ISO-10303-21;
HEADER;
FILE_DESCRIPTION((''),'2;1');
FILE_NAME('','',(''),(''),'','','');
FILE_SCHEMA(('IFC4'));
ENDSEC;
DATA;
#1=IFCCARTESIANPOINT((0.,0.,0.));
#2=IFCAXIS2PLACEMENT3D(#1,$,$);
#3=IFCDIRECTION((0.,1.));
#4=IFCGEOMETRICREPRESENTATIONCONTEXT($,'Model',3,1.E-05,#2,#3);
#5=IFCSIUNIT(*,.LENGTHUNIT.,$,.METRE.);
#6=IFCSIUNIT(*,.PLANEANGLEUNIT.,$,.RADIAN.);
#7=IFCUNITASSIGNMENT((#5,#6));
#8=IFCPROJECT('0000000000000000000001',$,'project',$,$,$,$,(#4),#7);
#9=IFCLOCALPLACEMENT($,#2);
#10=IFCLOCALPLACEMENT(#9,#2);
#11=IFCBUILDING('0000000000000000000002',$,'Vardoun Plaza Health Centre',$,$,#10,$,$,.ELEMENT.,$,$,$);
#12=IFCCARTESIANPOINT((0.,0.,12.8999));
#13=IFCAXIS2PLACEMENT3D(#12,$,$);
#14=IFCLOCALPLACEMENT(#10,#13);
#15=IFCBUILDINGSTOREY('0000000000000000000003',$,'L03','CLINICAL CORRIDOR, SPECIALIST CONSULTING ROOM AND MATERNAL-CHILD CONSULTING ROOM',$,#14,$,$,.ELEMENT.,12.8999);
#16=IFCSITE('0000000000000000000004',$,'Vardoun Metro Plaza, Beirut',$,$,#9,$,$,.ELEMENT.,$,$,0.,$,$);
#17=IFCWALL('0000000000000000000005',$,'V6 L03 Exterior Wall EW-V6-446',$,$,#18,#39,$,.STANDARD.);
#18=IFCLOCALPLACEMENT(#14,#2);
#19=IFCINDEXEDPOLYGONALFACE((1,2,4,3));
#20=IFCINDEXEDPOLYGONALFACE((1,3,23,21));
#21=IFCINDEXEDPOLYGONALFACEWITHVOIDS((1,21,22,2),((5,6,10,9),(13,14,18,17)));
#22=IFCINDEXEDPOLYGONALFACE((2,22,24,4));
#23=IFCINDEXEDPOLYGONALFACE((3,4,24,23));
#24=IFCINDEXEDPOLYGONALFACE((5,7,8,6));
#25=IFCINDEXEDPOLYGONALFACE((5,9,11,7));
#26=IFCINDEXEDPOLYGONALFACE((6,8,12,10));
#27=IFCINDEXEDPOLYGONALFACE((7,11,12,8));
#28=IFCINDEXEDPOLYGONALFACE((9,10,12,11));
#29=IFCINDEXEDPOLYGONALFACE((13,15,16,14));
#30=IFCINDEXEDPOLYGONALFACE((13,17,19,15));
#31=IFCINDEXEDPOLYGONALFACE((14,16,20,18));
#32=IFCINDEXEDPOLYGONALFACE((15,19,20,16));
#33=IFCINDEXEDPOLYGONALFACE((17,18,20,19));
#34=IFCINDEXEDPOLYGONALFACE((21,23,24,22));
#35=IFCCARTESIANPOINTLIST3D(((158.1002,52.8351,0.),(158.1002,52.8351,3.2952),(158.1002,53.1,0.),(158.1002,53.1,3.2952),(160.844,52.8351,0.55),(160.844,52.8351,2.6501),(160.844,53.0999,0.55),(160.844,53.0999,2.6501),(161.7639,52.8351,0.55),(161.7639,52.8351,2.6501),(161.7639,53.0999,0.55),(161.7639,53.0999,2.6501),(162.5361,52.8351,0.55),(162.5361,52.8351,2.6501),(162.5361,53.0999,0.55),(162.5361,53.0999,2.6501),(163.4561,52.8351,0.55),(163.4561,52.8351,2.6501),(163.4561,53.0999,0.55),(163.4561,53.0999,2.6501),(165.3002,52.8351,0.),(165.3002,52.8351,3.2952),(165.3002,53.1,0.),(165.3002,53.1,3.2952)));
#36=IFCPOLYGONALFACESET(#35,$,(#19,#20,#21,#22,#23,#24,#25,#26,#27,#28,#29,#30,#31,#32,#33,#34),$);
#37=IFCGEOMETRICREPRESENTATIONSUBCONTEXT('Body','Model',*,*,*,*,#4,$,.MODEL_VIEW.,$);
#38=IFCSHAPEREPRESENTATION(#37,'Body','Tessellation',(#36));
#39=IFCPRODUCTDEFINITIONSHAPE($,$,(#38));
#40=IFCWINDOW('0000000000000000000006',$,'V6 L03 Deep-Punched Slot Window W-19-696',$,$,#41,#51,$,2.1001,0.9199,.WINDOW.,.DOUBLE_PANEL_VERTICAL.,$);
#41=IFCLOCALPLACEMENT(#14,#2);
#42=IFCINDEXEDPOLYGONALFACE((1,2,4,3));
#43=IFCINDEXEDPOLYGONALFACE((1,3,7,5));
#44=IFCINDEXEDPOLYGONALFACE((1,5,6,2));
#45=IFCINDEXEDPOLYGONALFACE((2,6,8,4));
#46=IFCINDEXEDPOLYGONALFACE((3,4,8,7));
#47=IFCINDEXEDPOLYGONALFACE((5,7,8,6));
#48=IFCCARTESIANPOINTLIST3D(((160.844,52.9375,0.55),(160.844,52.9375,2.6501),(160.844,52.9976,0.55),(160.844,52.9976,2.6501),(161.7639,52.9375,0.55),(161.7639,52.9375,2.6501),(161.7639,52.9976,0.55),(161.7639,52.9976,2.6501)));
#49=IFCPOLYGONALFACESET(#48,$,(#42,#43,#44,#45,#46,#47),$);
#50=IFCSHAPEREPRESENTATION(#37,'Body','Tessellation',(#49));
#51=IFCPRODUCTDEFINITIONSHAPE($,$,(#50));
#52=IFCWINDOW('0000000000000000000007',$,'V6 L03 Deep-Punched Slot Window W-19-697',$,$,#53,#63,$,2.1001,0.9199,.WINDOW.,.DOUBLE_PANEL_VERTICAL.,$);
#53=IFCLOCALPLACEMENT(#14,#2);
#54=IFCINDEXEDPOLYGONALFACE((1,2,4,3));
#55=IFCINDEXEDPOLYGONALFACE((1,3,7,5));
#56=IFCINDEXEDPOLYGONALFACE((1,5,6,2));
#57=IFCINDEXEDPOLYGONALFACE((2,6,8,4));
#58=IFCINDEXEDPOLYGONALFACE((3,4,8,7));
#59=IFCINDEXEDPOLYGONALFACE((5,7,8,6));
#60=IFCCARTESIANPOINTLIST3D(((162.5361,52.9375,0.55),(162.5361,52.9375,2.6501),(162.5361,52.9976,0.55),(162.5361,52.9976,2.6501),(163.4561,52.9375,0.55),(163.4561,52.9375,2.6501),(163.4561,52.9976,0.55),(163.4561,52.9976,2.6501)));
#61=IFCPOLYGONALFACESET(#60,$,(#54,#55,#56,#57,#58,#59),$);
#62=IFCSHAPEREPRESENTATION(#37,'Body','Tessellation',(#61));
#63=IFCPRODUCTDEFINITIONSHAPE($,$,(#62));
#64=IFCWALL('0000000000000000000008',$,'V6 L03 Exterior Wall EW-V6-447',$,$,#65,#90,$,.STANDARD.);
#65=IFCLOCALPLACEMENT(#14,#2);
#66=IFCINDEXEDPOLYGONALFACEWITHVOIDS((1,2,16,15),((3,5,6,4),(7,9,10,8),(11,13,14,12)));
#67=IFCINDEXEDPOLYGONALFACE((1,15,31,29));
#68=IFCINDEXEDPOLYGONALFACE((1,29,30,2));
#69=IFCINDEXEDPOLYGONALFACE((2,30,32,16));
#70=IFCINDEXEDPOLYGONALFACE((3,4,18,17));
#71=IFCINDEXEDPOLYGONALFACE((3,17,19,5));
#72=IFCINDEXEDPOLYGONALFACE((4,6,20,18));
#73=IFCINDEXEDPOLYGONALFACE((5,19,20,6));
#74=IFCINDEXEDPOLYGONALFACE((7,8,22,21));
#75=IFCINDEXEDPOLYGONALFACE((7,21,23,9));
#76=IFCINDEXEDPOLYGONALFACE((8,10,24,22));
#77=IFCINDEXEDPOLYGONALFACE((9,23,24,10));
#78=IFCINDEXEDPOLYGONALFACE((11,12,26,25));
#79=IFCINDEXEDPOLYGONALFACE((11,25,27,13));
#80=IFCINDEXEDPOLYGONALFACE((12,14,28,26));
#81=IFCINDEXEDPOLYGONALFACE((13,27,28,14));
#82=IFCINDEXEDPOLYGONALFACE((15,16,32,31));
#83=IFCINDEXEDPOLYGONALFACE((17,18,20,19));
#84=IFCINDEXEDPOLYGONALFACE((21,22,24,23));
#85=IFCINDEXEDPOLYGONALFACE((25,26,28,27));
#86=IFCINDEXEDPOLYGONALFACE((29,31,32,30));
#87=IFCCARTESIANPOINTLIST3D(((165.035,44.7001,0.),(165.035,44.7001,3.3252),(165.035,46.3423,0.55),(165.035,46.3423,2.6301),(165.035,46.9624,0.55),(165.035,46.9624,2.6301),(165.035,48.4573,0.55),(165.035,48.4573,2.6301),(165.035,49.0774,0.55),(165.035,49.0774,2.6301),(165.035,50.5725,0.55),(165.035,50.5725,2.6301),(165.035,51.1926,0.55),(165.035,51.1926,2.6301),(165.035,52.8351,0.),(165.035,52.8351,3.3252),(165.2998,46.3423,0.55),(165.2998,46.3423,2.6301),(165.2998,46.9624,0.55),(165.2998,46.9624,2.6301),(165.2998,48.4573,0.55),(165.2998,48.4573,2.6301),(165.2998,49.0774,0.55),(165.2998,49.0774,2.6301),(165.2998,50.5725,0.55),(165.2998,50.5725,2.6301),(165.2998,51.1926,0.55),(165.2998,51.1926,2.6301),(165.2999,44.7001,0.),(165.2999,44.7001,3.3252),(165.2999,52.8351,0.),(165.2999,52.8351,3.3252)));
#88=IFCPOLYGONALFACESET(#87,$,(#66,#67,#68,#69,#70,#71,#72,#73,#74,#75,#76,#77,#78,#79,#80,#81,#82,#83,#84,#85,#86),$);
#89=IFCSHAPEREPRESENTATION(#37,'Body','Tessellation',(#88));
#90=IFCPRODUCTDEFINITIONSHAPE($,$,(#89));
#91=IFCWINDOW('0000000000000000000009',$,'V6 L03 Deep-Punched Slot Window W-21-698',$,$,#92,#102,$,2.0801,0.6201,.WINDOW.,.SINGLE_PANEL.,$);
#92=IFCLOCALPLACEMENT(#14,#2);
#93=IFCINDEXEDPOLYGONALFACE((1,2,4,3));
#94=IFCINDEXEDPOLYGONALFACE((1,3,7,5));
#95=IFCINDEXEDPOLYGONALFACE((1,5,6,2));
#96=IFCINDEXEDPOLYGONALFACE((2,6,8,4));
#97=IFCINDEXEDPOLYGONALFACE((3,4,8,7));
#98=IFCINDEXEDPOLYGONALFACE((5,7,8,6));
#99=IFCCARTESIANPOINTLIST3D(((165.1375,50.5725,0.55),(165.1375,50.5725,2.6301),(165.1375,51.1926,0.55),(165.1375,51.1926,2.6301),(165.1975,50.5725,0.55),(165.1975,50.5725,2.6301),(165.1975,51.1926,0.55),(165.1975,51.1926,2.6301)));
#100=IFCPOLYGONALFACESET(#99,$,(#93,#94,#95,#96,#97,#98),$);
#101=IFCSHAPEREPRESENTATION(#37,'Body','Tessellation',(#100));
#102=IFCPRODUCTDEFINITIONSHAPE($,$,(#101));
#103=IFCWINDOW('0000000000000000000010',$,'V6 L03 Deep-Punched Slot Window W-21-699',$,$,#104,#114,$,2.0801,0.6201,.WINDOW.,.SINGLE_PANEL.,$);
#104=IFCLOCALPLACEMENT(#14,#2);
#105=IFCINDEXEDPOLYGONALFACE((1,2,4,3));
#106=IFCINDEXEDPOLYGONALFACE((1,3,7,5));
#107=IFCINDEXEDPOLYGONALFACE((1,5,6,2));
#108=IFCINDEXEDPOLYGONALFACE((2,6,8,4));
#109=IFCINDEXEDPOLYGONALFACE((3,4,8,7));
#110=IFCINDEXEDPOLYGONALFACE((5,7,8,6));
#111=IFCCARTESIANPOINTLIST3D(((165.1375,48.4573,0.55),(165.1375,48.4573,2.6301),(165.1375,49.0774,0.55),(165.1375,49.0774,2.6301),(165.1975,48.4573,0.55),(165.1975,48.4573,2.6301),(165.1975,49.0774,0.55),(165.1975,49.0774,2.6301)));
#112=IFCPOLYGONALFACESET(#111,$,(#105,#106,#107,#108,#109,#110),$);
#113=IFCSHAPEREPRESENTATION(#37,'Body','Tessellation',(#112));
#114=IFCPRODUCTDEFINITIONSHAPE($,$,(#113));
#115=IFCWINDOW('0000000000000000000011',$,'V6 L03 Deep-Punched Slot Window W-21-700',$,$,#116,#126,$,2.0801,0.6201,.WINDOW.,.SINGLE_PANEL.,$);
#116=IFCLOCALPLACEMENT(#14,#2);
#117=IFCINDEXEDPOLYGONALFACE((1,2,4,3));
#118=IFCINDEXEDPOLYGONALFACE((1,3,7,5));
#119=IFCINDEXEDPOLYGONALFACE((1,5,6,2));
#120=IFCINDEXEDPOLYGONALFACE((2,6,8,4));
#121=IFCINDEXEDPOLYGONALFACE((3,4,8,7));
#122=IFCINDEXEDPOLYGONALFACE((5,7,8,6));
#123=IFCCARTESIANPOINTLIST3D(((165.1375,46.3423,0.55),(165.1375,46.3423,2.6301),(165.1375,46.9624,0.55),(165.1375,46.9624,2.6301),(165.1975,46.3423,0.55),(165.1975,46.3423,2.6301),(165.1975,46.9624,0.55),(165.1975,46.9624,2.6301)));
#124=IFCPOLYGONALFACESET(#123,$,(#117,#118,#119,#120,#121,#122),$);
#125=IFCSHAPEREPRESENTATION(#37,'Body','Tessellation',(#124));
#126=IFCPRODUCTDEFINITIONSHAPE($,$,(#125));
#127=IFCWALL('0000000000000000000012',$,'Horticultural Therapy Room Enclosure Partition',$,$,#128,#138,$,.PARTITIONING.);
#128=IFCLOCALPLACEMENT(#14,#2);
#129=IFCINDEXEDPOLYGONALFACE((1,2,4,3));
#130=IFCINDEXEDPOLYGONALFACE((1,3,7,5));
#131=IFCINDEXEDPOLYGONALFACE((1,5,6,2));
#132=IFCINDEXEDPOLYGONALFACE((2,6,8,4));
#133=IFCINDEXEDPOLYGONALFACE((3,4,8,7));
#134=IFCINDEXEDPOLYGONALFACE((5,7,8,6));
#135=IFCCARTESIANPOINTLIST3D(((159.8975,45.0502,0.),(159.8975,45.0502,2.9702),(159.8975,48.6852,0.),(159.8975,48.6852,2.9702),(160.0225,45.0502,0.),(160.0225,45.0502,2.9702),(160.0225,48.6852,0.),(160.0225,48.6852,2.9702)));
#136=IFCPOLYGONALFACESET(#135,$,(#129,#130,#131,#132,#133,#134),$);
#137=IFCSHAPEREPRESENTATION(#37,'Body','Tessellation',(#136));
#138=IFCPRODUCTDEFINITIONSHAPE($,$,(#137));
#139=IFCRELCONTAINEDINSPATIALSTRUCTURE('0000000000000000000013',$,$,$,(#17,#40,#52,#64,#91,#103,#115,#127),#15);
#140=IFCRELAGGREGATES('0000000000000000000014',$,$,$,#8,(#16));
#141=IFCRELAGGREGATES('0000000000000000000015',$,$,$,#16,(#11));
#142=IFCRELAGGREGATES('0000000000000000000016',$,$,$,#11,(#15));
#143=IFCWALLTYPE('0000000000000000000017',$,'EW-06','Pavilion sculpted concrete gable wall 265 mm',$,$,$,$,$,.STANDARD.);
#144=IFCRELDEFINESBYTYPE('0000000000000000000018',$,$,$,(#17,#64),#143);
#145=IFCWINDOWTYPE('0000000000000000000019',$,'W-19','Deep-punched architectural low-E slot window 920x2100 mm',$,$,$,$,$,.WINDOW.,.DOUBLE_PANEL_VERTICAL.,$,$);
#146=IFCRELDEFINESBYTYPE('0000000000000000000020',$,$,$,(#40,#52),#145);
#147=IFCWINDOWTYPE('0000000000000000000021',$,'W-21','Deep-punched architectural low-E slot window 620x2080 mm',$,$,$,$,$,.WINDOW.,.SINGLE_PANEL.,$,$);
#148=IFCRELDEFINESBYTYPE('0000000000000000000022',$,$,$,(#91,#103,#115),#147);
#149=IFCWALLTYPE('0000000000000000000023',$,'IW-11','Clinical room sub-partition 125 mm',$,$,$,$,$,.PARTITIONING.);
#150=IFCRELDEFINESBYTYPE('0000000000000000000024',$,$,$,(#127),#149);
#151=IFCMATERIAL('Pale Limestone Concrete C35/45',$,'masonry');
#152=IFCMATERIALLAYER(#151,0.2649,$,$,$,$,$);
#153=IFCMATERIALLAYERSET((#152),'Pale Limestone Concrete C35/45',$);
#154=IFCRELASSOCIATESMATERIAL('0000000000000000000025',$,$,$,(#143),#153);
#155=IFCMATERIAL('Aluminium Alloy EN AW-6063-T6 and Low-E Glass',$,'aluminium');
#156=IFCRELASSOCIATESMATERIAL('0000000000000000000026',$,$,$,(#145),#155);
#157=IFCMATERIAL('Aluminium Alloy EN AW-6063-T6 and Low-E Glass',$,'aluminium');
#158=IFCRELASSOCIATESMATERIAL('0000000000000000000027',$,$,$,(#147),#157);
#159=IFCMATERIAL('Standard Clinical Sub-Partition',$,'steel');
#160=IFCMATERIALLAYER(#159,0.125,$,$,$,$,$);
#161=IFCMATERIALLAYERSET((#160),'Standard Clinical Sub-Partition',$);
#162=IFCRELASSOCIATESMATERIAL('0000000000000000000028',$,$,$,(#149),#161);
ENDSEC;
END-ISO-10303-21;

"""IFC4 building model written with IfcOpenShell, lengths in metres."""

from ifc_helpers import new_model, si_unit, direction, frame, frame_2d, origin, place, context, subcontext, project, spatial, rectangle, extrude, material, layer, layer_set, type_object, element, fill, save


model = new_model("IFC4")

# Units and contexts
model_context = context("Model", 3, precision=1e-05, world=origin(), true_north=direction((0.0, 1.0)))
body_context = subcontext(model_context, "Body", "Model", "MODEL_VIEW")
ifc_project = project(units=[si_unit("LENGTHUNIT", "METRE"), si_unit("PLANEANGLEUNIT", "RADIAN")], contexts=[model_context])

# Site, building, storey
site_placement = place(None, origin())
site = spatial("IfcSite", under=ifc_project, at=site_placement, Name="Vardoun Metro Plaza, Beirut", CompositionType="ELEMENT", RefElevation=0.0)
building_placement = place(site_placement, origin())
building = spatial("IfcBuilding", under=site, at=building_placement, Name="Vardoun Plaza Health Centre", CompositionType="ELEMENT")
storey_placement = place(building_placement, frame((0.0, 0.0, 12.8999)))
storey = spatial("IfcBuildingStorey", under=building, at=storey_placement, Name="L03", Description="CLINICAL CORRIDOR, SPECIALIST CONSULTING ROOM AND MATERNAL-CHILD CONSULTING ROOM", CompositionType="ELEMENT", Elevation=12.8999)

# Walls, openings, windows
ifc_material_1 = material(Name="Pale Limestone Concrete C35/45", Category="masonry")
ifc_layer_1 = layer(ifc_material_1, 0.2649)
ifc_layer_set_1 = layer_set([ifc_layer_1], Name="Pale Limestone Concrete C35/45")
wall_type_1 = type_object("IfcWallType", Name="EW-06", Description="Pavilion sculpted concrete gable wall 265 mm", PredefinedType="STANDARD", material=ifc_layer_set_1)
wall_1_placement = place(storey_placement, frame((158.1001, 52.9675, 0.0), z_axis=(0.0, 0.0, 1.0), x_axis=(1.0, 0.0, 0.0)))
wall_1 = element("IfcWall", 1, at=wall_1_placement, inside=storey, type_object=wall_type_1, Name="V6 L03 Exterior Wall EW-V6-446", PredefinedType="STANDARD", context=body_context, shape_type="SweptSolid", body=[
    extrude(rectangle(XDim=7.2, YDim=0.2649, at=frame_2d((3.6001, 0.0))), origin(), (0.0, 0.0, 1.0), 3.2952),
])
opening_1_placement = place(wall_1_placement, frame((2.7439, 0.0, 0.55)))
opening_1 = element("IfcOpeningElement", 2, at=opening_1_placement, cuts=wall_1, PredefinedType="OPENING", context=body_context, shape_type="SweptSolid", body=[
    extrude(rectangle(XDim=0.9199, YDim=2.1001, at=frame_2d((0.46, 1.05))), frame((0.0, 0.1323, 0.0), z_axis=(0.0, -1.0, 0.0), x_axis=(1.0, 0.0, 0.0)), (0.0, 0.0, 1.0), 0.2649),
])
opening_2_placement = place(wall_1_placement, frame((4.436, 0.0, 0.55)))
opening_2 = element("IfcOpeningElement", 3, at=opening_2_placement, cuts=wall_1, PredefinedType="OPENING", context=body_context, shape_type="SweptSolid", body=[
    extrude(rectangle(XDim=0.9199, YDim=2.1001, at=frame_2d((0.46, 1.05))), frame((0.0, 0.1323, 0.0), z_axis=(0.0, -1.0, 0.0), x_axis=(1.0, 0.0, 0.0)), (0.0, 0.0, 1.0), 0.2649),
])
ifc_material_2 = material(Name="Aluminium Alloy EN AW-6063-T6 and Low-E Glass", Category="aluminium")
window_type_1 = type_object("IfcWindowType", Name="W-19", Description="Deep-punched architectural low-E slot window 920x2100 mm", PartitioningType="DOUBLE_PANEL_VERTICAL", PredefinedType="WINDOW", material=ifc_material_2)
window_1_placement = place(opening_1_placement, origin())
window_1 = element("IfcWindow", 4, at=window_1_placement, inside=storey, type_object=window_type_1, Name="V6 L03 Deep-Punched Slot Window W-19-696", OverallHeight=2.1001, OverallWidth=0.9199, PartitioningType="DOUBLE_PANEL_VERTICAL", PredefinedType="WINDOW", context=body_context, shape_type="SweptSolid", body=[
    extrude(rectangle(XDim=0.9199, YDim=2.1001, at=frame_2d((0.46, 1.05))), frame((0.0, 0.03, 0.0), z_axis=(0.0, -1.0, 0.0), x_axis=(1.0, 0.0, 0.0)), (0.0, 0.0, 1.0), 0.0601),
])
fill(opening_1, window_1)
window_2_placement = place(opening_2_placement, origin())
window_2 = element("IfcWindow", 5, at=window_2_placement, inside=storey, type_object=window_type_1, Name="V6 L03 Deep-Punched Slot Window W-19-697", OverallHeight=2.1001, OverallWidth=0.9199, PartitioningType="DOUBLE_PANEL_VERTICAL", PredefinedType="WINDOW", context=body_context, shape_type="SweptSolid", body=[
    extrude(rectangle(XDim=0.9199, YDim=2.1001, at=frame_2d((0.46, 1.05))), frame((0.0, 0.03, 0.0), z_axis=(0.0, -1.0, 0.0), x_axis=(1.0, 0.0, 0.0)), (0.0, 0.0, 1.0), 0.0601),
])
fill(opening_2, window_2)
wall_2_placement = place(storey_placement, frame((165.1675, 52.835, 0.0), z_axis=(0.0, 0.0, 1.0), x_axis=(0.0, -1.0, 0.0)))
wall_2 = element("IfcWall", 6, at=wall_2_placement, inside=storey, type_object=wall_type_1, Name="V6 L03 Exterior Wall EW-V6-447", PredefinedType="STANDARD", context=body_context, shape_type="SweptSolid", body=[
    extrude(rectangle(XDim=8.135, YDim=0.2649, at=frame_2d((4.0674, 0.0))), origin(), (0.0, 0.0, 1.0), 3.3252),
])
opening_3_placement = place(wall_2_placement, frame((1.6423, 0.0, 0.55)))
opening_3 = element("IfcOpeningElement", 7, at=opening_3_placement, cuts=wall_2, PredefinedType="OPENING", context=body_context, shape_type="SweptSolid", body=[
    extrude(rectangle(XDim=0.6201, YDim=2.0801, at=frame_2d((0.3101, 1.04))), frame((0.0, 0.1323, 0.0), z_axis=(0.0, -1.0, 0.0), x_axis=(1.0, 0.0, 0.0)), (0.0, 0.0, 1.0), 0.2649),
])
opening_4_placement = place(wall_2_placement, frame((3.7576, 0.0, 0.55)))
opening_4 = element("IfcOpeningElement", 8, at=opening_4_placement, cuts=wall_2, PredefinedType="OPENING", context=body_context, shape_type="SweptSolid", body=[
    extrude(rectangle(XDim=0.6201, YDim=2.0801, at=frame_2d((0.3101, 1.04))), frame((0.0, 0.1323, 0.0), z_axis=(0.0, -1.0, 0.0), x_axis=(1.0, 0.0, 0.0)), (0.0, 0.0, 1.0), 0.2649),
])
opening_5_placement = place(wall_2_placement, frame((5.8726, 0.0, 0.55)))
opening_5 = element("IfcOpeningElement", 9, at=opening_5_placement, cuts=wall_2, PredefinedType="OPENING", context=body_context, shape_type="SweptSolid", body=[
    extrude(rectangle(XDim=0.6201, YDim=2.0801, at=frame_2d((0.3101, 1.04))), frame((0.0, 0.1323, 0.0), z_axis=(0.0, -1.0, 0.0), x_axis=(1.0, 0.0, 0.0)), (0.0, 0.0, 1.0), 0.2649),
])
ifc_material_3 = material(Name="Aluminium Alloy EN AW-6063-T6 and Low-E Glass", Category="aluminium")
window_type_2 = type_object("IfcWindowType", Name="W-21", Description="Deep-punched architectural low-E slot window 620x2080 mm", PartitioningType="SINGLE_PANEL", PredefinedType="WINDOW", material=ifc_material_3)
window_3_placement = place(opening_3_placement, origin())
window_3 = element("IfcWindow", 10, at=window_3_placement, inside=storey, type_object=window_type_2, Name="V6 L03 Deep-Punched Slot Window W-21-698", OverallHeight=2.0801, OverallWidth=0.6201, PartitioningType="SINGLE_PANEL", PredefinedType="WINDOW", context=body_context, shape_type="SweptSolid", body=[
    extrude(rectangle(XDim=0.6201, YDim=2.0801, at=frame_2d((0.3101, 1.04))), frame((0.0, 0.03, 0.0), z_axis=(0.0, -1.0, 0.0), x_axis=(1.0, 0.0, 0.0)), (0.0, 0.0, 1.0), 0.0601),
])
fill(opening_3, window_3)
window_4_placement = place(opening_4_placement, origin())
window_4 = element("IfcWindow", 11, at=window_4_placement, inside=storey, type_object=window_type_2, Name="V6 L03 Deep-Punched Slot Window W-21-699", OverallHeight=2.0801, OverallWidth=0.6201, PartitioningType="SINGLE_PANEL", PredefinedType="WINDOW", context=body_context, shape_type="SweptSolid", body=[
    extrude(rectangle(XDim=0.6201, YDim=2.0801, at=frame_2d((0.3101, 1.04))), frame((0.0, 0.03, 0.0), z_axis=(0.0, -1.0, 0.0), x_axis=(1.0, 0.0, 0.0)), (0.0, 0.0, 1.0), 0.0601),
])
fill(opening_4, window_4)
window_5_placement = place(opening_5_placement, origin())
window_5 = element("IfcWindow", 12, at=window_5_placement, inside=storey, type_object=window_type_2, Name="V6 L03 Deep-Punched Slot Window W-21-700", OverallHeight=2.0801, OverallWidth=0.6201, PartitioningType="SINGLE_PANEL", PredefinedType="WINDOW", context=body_context, shape_type="SweptSolid", body=[
    extrude(rectangle(XDim=0.6201, YDim=2.0801, at=frame_2d((0.3101, 1.04))), frame((0.0, 0.03, 0.0), z_axis=(0.0, -1.0, 0.0), x_axis=(1.0, 0.0, 0.0)), (0.0, 0.0, 1.0), 0.0601),
])
fill(opening_5, window_5)

# Wall
ifc_material_4 = material(Name="Standard Clinical Sub-Partition", Category="steel")
ifc_layer_2 = layer(ifc_material_4, 0.125)
ifc_layer_set_2 = layer_set([ifc_layer_2], Name="Standard Clinical Sub-Partition")
wall_type_2 = type_object("IfcWallType", Name="IW-11", Description="Clinical room sub-partition 125 mm", PredefinedType="PARTITIONING", material=ifc_layer_set_2)
wall_3_placement = place(storey_placement, frame((159.96, 48.6851, 0.0), z_axis=(0.0, 0.0, 1.0), x_axis=(0.0, -1.0, 0.0)))
element("IfcWall", 13, at=wall_3_placement, inside=storey, type_object=wall_type_2, Name="Horticultural Therapy Room Enclosure Partition", PredefinedType="PARTITIONING", context=body_context, shape_type="SweptSolid", body=[
    extrude(rectangle(XDim=3.635, YDim=0.125, at=frame_2d((1.8174, 0.0))), origin(), (0.0, 0.0, 1.0), 2.9702),
])

save(model, "model.ifc")
